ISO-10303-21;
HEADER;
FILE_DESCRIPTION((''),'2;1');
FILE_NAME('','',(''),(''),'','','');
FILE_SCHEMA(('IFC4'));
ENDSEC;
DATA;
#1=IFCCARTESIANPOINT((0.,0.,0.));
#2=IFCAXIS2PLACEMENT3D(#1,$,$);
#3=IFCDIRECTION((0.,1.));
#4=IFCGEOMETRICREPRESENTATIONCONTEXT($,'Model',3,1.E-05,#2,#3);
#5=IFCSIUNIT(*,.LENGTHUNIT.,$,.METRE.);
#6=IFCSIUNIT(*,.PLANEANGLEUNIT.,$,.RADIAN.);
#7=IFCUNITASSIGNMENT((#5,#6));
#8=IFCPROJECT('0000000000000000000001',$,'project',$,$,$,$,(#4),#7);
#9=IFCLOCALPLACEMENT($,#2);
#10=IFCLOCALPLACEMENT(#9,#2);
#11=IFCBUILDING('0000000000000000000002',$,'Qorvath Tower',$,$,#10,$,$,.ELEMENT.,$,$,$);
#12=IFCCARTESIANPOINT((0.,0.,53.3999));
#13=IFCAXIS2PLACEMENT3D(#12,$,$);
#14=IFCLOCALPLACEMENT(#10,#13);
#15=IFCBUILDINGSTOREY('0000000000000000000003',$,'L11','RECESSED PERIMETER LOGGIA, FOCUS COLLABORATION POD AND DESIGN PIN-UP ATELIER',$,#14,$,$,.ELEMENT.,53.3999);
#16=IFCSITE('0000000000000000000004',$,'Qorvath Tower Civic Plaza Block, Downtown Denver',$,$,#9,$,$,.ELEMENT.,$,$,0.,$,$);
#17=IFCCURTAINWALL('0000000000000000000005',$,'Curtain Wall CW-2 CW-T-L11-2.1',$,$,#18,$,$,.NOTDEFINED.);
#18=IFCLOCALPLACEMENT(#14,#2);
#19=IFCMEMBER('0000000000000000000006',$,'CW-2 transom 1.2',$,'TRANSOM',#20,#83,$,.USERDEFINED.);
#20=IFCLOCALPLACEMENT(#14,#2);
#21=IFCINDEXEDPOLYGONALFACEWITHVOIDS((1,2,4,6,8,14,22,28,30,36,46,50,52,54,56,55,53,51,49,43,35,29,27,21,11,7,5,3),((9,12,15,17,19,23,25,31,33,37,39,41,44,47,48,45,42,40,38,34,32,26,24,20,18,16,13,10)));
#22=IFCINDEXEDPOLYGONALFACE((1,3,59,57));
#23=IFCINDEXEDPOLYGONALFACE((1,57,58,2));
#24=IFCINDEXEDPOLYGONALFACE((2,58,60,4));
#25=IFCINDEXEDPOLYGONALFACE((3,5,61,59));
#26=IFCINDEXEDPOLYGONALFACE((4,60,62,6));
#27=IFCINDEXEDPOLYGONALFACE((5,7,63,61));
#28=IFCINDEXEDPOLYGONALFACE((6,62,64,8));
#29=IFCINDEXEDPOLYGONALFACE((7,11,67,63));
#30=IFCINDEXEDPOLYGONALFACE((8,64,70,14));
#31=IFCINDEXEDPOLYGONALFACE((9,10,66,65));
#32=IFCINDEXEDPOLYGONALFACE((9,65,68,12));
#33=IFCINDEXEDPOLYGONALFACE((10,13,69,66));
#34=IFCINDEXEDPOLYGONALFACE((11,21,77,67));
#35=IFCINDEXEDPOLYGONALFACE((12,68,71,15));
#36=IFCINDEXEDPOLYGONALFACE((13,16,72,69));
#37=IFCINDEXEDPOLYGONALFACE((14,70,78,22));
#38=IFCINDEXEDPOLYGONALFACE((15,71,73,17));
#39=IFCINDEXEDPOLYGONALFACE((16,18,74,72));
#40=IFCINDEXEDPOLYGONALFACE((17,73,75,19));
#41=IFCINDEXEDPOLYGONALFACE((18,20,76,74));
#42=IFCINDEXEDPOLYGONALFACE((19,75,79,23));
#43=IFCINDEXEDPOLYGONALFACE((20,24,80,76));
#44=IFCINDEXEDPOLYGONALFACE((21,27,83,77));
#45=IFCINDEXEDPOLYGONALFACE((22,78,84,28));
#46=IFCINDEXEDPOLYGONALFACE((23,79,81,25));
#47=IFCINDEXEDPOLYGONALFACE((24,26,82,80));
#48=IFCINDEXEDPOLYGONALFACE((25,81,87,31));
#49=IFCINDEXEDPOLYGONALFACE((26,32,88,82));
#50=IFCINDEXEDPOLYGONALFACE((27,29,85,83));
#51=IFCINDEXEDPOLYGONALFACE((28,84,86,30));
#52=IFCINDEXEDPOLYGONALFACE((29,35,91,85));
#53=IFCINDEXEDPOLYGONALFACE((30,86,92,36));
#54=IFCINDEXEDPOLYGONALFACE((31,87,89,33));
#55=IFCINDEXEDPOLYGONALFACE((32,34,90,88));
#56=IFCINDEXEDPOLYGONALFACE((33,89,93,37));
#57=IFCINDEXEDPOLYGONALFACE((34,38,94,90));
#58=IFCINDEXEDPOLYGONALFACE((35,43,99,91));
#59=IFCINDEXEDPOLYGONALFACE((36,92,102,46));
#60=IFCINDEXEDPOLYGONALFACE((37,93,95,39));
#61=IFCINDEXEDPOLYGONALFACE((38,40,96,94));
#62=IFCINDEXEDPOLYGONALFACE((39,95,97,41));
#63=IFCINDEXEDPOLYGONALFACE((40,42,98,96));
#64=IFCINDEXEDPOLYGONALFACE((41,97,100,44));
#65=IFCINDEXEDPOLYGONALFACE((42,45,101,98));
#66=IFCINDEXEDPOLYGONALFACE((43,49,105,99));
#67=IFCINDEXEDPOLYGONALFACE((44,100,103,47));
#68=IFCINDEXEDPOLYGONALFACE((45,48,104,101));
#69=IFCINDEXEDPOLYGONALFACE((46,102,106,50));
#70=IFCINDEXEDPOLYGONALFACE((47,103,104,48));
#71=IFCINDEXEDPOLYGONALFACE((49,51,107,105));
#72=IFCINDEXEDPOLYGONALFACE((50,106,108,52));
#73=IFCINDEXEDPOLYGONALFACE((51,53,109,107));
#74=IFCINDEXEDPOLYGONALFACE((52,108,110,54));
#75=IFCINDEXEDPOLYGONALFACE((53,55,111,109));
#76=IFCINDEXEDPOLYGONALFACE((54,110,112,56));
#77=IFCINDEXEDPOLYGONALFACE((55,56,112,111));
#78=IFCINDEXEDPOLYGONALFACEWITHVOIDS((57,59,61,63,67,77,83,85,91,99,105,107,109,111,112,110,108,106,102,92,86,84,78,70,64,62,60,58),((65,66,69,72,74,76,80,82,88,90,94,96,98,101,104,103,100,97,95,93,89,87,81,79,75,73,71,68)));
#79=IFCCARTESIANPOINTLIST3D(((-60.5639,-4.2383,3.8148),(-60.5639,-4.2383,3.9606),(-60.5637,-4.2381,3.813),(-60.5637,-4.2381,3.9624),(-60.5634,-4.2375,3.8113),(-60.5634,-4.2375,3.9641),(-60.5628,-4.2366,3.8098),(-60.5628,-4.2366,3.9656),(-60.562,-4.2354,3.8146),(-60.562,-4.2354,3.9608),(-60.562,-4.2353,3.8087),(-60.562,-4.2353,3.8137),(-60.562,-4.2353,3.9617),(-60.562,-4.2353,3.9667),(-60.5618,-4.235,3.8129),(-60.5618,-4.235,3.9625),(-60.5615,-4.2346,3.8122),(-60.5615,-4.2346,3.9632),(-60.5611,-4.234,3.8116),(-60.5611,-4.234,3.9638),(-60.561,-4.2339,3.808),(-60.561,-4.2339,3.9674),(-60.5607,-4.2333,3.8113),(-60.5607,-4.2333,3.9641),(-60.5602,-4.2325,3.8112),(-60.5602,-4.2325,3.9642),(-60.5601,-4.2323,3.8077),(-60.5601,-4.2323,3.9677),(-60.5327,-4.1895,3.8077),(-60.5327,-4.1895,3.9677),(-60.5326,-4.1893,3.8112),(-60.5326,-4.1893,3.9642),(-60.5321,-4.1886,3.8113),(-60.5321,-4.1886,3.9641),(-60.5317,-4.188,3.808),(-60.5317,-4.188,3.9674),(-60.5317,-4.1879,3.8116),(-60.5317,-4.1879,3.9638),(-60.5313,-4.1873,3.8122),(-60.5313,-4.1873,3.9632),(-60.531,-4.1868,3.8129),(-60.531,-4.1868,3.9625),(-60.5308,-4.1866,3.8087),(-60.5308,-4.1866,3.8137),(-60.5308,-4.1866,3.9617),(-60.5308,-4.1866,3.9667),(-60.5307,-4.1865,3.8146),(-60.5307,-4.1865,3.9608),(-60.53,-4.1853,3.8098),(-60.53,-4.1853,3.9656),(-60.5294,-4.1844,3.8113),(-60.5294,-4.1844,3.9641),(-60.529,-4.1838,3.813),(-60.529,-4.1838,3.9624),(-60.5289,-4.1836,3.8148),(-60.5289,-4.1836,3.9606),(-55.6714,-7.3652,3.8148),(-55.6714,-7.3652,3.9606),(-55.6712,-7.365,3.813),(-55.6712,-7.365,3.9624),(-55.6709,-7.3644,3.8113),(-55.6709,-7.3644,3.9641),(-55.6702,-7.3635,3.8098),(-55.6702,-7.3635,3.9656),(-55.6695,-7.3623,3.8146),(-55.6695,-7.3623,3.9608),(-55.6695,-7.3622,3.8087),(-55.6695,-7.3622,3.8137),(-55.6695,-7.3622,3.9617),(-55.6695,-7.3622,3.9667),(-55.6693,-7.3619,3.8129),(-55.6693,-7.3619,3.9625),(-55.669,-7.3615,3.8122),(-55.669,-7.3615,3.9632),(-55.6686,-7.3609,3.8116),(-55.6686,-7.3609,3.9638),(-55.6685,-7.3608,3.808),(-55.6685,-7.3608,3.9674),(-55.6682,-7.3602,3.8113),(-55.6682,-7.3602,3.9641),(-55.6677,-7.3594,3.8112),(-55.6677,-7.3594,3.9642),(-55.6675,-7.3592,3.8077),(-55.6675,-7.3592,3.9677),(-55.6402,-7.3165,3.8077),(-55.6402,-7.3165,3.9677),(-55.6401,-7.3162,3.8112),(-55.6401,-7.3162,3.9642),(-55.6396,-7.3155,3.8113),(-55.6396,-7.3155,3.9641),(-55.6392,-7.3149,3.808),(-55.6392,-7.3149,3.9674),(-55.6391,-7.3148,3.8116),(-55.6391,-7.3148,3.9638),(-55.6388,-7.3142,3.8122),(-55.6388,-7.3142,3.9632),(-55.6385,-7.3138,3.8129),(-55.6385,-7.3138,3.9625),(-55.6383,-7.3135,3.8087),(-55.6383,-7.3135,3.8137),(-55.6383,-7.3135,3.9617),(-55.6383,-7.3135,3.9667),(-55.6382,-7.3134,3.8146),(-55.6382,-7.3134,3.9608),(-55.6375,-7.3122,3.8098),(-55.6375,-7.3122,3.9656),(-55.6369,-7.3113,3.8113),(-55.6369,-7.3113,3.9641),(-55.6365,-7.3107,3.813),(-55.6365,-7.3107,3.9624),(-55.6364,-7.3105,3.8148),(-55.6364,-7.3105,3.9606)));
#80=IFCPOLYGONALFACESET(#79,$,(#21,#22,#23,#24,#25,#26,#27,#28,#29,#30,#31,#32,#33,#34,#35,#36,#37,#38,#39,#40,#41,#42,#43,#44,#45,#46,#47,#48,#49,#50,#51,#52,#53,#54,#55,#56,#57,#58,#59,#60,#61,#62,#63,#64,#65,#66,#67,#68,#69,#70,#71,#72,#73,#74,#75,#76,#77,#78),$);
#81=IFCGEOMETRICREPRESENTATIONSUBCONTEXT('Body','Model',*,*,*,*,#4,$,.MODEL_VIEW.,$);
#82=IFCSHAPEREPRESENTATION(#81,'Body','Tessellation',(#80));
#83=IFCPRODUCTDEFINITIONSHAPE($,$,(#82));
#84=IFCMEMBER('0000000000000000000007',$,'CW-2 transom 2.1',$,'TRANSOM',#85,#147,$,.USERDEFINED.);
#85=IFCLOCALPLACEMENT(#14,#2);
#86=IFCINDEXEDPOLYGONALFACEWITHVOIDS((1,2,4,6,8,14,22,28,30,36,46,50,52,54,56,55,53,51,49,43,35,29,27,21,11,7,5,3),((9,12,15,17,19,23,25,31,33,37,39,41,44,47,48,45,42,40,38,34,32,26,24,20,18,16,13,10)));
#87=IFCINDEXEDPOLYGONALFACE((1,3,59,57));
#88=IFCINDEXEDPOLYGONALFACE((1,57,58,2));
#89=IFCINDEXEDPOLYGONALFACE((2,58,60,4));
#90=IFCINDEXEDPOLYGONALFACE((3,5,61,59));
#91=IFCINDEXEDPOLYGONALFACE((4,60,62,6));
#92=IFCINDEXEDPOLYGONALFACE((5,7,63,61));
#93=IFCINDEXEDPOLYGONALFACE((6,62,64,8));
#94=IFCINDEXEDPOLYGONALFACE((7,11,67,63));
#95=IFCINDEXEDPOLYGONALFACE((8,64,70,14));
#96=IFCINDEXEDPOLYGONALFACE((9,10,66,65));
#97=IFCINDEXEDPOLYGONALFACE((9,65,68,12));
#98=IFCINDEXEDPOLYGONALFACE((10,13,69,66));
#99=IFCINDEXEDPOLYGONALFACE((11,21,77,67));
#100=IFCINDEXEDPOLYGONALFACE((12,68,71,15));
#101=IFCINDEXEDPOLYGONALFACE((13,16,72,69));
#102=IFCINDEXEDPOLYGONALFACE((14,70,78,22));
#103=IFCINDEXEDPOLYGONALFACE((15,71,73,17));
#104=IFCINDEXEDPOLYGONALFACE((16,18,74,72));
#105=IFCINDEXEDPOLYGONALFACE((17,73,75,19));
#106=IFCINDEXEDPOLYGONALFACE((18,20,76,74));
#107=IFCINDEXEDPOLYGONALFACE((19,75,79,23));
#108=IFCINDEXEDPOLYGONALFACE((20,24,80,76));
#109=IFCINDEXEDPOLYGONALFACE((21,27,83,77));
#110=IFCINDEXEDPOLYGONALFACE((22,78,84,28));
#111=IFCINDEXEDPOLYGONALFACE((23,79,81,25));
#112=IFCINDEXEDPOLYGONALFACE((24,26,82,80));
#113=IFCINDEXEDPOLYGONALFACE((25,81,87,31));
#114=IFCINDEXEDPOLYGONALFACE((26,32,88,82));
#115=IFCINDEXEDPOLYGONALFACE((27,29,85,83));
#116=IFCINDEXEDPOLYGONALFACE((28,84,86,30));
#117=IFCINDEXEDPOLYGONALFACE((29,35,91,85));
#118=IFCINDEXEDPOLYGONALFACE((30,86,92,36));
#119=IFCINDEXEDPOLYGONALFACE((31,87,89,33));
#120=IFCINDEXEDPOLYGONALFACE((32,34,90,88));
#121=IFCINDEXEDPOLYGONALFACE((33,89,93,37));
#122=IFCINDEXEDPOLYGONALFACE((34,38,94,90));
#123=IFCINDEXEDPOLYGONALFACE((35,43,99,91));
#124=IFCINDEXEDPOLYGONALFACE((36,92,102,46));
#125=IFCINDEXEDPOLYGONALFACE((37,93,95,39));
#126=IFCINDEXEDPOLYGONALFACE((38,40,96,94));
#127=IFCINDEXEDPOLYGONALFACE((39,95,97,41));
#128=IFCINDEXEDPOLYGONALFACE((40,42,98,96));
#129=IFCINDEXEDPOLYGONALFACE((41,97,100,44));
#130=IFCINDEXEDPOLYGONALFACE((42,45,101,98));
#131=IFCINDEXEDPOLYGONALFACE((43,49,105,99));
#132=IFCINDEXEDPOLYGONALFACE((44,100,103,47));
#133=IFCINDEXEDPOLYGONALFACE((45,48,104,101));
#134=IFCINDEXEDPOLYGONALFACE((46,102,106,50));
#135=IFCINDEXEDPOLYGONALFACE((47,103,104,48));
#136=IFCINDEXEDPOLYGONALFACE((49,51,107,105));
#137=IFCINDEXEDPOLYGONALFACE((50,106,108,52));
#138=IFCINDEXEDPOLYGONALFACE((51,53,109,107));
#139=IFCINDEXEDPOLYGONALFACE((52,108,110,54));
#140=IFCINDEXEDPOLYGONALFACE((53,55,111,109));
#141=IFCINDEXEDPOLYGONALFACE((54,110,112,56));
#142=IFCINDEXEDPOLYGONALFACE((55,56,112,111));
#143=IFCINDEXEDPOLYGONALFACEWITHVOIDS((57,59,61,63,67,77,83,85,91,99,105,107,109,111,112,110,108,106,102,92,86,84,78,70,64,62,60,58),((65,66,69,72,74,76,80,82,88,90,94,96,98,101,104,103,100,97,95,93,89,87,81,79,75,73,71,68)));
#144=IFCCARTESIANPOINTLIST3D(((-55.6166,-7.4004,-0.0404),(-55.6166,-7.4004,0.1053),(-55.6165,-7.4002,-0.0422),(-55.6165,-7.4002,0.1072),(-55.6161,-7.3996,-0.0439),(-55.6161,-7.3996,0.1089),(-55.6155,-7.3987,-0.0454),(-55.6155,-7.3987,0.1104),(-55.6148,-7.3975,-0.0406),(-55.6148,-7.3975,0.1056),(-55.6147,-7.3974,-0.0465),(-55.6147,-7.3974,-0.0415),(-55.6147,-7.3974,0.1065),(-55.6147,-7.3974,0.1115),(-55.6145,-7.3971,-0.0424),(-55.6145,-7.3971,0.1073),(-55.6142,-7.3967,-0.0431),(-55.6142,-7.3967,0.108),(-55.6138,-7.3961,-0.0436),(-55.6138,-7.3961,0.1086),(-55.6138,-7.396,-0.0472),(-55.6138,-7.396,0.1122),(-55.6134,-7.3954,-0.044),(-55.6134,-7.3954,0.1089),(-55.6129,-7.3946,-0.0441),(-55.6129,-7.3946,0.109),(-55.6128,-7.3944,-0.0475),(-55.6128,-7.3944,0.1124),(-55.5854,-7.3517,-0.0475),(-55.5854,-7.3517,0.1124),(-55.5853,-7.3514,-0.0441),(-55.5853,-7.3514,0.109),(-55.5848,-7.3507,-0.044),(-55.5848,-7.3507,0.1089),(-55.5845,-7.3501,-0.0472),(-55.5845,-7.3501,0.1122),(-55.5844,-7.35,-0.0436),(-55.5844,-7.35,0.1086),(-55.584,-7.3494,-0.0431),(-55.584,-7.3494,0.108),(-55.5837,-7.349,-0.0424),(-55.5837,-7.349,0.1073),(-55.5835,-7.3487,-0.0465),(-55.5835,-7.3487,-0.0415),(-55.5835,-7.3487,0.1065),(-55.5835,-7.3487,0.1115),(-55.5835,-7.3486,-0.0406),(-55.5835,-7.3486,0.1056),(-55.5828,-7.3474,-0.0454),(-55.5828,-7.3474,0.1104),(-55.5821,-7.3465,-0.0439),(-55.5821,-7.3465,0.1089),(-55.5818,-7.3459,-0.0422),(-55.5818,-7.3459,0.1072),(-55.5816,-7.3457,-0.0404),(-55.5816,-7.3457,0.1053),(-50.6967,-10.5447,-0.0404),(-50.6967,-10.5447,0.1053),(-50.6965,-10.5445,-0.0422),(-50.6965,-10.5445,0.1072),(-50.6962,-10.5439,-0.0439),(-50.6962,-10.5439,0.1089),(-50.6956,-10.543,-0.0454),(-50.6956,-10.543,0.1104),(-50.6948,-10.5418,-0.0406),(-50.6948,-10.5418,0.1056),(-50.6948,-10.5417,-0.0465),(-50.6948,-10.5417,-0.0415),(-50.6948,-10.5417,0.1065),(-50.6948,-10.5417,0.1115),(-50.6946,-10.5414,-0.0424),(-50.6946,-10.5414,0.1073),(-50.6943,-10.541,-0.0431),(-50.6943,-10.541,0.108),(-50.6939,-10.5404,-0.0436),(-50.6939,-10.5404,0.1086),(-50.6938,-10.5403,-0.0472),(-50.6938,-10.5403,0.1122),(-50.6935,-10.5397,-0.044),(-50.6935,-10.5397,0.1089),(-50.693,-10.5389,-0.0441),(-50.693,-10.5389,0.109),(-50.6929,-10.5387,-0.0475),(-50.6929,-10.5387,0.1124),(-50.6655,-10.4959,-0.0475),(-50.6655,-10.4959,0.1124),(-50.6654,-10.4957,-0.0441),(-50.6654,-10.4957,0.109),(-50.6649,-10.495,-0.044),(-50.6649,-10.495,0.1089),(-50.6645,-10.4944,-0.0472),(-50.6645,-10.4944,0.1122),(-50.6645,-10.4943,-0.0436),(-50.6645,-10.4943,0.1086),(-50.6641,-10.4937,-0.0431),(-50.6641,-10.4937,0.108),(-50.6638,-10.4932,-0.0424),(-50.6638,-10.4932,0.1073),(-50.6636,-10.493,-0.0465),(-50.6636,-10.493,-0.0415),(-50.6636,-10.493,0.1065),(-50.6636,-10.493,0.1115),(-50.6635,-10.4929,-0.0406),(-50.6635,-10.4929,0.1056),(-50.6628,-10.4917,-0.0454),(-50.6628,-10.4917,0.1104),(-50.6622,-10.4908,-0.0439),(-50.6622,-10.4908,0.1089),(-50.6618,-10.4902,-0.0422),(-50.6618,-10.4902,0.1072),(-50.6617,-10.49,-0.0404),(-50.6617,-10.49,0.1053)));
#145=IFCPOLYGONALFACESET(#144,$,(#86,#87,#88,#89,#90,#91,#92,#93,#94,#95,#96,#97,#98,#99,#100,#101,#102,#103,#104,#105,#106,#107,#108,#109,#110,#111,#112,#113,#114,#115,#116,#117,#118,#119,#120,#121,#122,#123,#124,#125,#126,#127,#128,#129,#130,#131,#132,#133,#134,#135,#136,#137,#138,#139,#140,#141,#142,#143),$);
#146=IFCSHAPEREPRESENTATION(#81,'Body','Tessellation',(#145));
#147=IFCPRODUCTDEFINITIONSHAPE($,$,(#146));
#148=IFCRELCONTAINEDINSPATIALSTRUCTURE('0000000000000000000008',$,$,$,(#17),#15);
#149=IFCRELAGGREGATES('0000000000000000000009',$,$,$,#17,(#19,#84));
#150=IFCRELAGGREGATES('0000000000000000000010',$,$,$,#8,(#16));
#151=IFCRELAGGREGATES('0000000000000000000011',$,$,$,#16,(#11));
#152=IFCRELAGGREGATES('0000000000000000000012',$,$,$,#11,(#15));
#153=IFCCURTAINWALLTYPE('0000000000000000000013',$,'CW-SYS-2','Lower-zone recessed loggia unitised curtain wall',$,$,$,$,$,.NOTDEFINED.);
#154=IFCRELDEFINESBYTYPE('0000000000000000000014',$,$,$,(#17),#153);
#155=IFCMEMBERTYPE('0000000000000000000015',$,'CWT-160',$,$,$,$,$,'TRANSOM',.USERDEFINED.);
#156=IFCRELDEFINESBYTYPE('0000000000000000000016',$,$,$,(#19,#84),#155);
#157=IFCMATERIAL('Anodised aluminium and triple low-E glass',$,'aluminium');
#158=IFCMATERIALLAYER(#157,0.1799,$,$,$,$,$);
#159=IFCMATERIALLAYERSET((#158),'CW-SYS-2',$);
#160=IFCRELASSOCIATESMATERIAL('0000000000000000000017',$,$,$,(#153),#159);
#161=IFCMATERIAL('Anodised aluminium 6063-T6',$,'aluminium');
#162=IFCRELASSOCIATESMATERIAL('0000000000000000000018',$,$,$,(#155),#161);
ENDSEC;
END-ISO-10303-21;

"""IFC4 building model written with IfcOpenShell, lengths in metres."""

from ifc_helpers import new_model, si_unit, direction, frame, origin, origin_2d, place, context, subcontext, project, spatial, hollow_rectangle, extrude, material, layer, layer_set, material_profile, profile_set, type_object, element, aggregate, save


model = new_model("IFC4")

# Units and contexts
model_context = context("Model", 3, precision=1e-05, world=origin(), true_north=direction((0.0, 1.0)))
body_context = subcontext(model_context, "Body", "Model", "MODEL_VIEW")
ifc_project = project(units=[si_unit("LENGTHUNIT", "METRE"), si_unit("PLANEANGLEUNIT", "RADIAN")], contexts=[model_context])

# Site, building, storey
site_placement = place(None, origin())
site = spatial("IfcSite", under=ifc_project, at=site_placement, Name="Qorvath Tower Civic Plaza Block, Downtown Denver", CompositionType="ELEMENT", RefElevation=0.0)
building_placement = place(site_placement, origin())
building = spatial("IfcBuilding", under=site, at=building_placement, Name="Qorvath Tower", CompositionType="ELEMENT")
storey_placement = place(building_placement, frame((0.0, 0.0, 53.3999)))
storey = spatial("IfcBuildingStorey", under=building, at=storey_placement, Name="L11", Description="RECESSED PERIMETER LOGGIA, FOCUS COLLABORATION POD AND DESIGN PIN-UP ATELIER", CompositionType="ELEMENT", Elevation=53.3999)

# Curtain wall
ifc_material_1 = material(Name="Anodised aluminium and triple low-E glass", Category="aluminium")
ifc_layer_1 = layer(ifc_material_1, 0.1799)
ifc_layer_set_1 = layer_set([ifc_layer_1], Name="CW-SYS-2")
curtain_wall_type = type_object("IfcCurtainWallType", Name="CW-SYS-2", Description="Lower-zone recessed loggia unitised curtain wall", PredefinedType="NOTDEFINED", material=ifc_layer_set_1)
curtain_wall_1_placement = place(storey_placement, origin())
curtain_wall_1 = element("IfcCurtainWall", 1, at=curtain_wall_1_placement, inside=storey, type_object=curtain_wall_type, Name="Curtain Wall CW-2 CW-T-L11-2.1", PredefinedType="NOTDEFINED")

# Members
ifc_material_2 = material(Name="Anodised aluminium 6063-T6", Category="aluminium")
ifc_material_profile_1 = material_profile(ifc_material_2, hollow_rectangle(XDim=0.0649, YDim=0.1599, WallThickness=0.0034, InnerFilletRadius=0.0034, OuterFilletRadius=0.0071, at=origin_2d()), Name="CWT 160x65")
ifc_profile_set_1 = profile_set([ifc_material_profile_1], Name="Anodised aluminium 6063-T6")
member_type_1 = type_object("IfcMemberType", Name="CWT-160", ElementType="TRANSOM", PredefinedType="USERDEFINED", material=ifc_profile_set_1)
member_1_placement = place(storey_placement, frame((-60.5464, -4.2109, 3.8877), z_axis=(0.842607, -0.538529, 0.0), x_axis=(0.538529, 0.842607, 0.0)))
member_1 = element("IfcMember", 2, at=member_1_placement, type_object=member_type_1, Name="CW-2 transom 1.2", ObjectType="TRANSOM", PredefinedType="USERDEFINED", context=body_context, shape_type="SweptSolid", body=[
    extrude(hollow_rectangle(XDim=0.0649, YDim=0.1599, WallThickness=0.0034, InnerFilletRadius=0.0034, OuterFilletRadius=0.0071, at=origin_2d()), origin(), (0.0, 0.0, 1.0), 5.8064),
])
member_2_placement = place(storey_placement, frame((-55.5991, -7.373, 0.0325), z_axis=(0.842618, -0.538511, 0.0), x_axis=(0.538511, 0.842618, 0.0)))
member_2 = element("IfcMember", 3, at=member_2_placement, type_object=member_type_1, Name="CW-2 transom 2.1", ObjectType="TRANSOM", PredefinedType="USERDEFINED", context=body_context, shape_type="SweptSolid", body=[
    extrude(hollow_rectangle(XDim=0.0649, YDim=0.1599, WallThickness=0.0034, InnerFilletRadius=0.0034, OuterFilletRadius=0.0071, at=origin_2d()), origin(), (0.0, 0.0, 1.0), 5.8389),
])

aggregate(curtain_wall_1, [member_1, member_2])

save(model, "model.ifc")
